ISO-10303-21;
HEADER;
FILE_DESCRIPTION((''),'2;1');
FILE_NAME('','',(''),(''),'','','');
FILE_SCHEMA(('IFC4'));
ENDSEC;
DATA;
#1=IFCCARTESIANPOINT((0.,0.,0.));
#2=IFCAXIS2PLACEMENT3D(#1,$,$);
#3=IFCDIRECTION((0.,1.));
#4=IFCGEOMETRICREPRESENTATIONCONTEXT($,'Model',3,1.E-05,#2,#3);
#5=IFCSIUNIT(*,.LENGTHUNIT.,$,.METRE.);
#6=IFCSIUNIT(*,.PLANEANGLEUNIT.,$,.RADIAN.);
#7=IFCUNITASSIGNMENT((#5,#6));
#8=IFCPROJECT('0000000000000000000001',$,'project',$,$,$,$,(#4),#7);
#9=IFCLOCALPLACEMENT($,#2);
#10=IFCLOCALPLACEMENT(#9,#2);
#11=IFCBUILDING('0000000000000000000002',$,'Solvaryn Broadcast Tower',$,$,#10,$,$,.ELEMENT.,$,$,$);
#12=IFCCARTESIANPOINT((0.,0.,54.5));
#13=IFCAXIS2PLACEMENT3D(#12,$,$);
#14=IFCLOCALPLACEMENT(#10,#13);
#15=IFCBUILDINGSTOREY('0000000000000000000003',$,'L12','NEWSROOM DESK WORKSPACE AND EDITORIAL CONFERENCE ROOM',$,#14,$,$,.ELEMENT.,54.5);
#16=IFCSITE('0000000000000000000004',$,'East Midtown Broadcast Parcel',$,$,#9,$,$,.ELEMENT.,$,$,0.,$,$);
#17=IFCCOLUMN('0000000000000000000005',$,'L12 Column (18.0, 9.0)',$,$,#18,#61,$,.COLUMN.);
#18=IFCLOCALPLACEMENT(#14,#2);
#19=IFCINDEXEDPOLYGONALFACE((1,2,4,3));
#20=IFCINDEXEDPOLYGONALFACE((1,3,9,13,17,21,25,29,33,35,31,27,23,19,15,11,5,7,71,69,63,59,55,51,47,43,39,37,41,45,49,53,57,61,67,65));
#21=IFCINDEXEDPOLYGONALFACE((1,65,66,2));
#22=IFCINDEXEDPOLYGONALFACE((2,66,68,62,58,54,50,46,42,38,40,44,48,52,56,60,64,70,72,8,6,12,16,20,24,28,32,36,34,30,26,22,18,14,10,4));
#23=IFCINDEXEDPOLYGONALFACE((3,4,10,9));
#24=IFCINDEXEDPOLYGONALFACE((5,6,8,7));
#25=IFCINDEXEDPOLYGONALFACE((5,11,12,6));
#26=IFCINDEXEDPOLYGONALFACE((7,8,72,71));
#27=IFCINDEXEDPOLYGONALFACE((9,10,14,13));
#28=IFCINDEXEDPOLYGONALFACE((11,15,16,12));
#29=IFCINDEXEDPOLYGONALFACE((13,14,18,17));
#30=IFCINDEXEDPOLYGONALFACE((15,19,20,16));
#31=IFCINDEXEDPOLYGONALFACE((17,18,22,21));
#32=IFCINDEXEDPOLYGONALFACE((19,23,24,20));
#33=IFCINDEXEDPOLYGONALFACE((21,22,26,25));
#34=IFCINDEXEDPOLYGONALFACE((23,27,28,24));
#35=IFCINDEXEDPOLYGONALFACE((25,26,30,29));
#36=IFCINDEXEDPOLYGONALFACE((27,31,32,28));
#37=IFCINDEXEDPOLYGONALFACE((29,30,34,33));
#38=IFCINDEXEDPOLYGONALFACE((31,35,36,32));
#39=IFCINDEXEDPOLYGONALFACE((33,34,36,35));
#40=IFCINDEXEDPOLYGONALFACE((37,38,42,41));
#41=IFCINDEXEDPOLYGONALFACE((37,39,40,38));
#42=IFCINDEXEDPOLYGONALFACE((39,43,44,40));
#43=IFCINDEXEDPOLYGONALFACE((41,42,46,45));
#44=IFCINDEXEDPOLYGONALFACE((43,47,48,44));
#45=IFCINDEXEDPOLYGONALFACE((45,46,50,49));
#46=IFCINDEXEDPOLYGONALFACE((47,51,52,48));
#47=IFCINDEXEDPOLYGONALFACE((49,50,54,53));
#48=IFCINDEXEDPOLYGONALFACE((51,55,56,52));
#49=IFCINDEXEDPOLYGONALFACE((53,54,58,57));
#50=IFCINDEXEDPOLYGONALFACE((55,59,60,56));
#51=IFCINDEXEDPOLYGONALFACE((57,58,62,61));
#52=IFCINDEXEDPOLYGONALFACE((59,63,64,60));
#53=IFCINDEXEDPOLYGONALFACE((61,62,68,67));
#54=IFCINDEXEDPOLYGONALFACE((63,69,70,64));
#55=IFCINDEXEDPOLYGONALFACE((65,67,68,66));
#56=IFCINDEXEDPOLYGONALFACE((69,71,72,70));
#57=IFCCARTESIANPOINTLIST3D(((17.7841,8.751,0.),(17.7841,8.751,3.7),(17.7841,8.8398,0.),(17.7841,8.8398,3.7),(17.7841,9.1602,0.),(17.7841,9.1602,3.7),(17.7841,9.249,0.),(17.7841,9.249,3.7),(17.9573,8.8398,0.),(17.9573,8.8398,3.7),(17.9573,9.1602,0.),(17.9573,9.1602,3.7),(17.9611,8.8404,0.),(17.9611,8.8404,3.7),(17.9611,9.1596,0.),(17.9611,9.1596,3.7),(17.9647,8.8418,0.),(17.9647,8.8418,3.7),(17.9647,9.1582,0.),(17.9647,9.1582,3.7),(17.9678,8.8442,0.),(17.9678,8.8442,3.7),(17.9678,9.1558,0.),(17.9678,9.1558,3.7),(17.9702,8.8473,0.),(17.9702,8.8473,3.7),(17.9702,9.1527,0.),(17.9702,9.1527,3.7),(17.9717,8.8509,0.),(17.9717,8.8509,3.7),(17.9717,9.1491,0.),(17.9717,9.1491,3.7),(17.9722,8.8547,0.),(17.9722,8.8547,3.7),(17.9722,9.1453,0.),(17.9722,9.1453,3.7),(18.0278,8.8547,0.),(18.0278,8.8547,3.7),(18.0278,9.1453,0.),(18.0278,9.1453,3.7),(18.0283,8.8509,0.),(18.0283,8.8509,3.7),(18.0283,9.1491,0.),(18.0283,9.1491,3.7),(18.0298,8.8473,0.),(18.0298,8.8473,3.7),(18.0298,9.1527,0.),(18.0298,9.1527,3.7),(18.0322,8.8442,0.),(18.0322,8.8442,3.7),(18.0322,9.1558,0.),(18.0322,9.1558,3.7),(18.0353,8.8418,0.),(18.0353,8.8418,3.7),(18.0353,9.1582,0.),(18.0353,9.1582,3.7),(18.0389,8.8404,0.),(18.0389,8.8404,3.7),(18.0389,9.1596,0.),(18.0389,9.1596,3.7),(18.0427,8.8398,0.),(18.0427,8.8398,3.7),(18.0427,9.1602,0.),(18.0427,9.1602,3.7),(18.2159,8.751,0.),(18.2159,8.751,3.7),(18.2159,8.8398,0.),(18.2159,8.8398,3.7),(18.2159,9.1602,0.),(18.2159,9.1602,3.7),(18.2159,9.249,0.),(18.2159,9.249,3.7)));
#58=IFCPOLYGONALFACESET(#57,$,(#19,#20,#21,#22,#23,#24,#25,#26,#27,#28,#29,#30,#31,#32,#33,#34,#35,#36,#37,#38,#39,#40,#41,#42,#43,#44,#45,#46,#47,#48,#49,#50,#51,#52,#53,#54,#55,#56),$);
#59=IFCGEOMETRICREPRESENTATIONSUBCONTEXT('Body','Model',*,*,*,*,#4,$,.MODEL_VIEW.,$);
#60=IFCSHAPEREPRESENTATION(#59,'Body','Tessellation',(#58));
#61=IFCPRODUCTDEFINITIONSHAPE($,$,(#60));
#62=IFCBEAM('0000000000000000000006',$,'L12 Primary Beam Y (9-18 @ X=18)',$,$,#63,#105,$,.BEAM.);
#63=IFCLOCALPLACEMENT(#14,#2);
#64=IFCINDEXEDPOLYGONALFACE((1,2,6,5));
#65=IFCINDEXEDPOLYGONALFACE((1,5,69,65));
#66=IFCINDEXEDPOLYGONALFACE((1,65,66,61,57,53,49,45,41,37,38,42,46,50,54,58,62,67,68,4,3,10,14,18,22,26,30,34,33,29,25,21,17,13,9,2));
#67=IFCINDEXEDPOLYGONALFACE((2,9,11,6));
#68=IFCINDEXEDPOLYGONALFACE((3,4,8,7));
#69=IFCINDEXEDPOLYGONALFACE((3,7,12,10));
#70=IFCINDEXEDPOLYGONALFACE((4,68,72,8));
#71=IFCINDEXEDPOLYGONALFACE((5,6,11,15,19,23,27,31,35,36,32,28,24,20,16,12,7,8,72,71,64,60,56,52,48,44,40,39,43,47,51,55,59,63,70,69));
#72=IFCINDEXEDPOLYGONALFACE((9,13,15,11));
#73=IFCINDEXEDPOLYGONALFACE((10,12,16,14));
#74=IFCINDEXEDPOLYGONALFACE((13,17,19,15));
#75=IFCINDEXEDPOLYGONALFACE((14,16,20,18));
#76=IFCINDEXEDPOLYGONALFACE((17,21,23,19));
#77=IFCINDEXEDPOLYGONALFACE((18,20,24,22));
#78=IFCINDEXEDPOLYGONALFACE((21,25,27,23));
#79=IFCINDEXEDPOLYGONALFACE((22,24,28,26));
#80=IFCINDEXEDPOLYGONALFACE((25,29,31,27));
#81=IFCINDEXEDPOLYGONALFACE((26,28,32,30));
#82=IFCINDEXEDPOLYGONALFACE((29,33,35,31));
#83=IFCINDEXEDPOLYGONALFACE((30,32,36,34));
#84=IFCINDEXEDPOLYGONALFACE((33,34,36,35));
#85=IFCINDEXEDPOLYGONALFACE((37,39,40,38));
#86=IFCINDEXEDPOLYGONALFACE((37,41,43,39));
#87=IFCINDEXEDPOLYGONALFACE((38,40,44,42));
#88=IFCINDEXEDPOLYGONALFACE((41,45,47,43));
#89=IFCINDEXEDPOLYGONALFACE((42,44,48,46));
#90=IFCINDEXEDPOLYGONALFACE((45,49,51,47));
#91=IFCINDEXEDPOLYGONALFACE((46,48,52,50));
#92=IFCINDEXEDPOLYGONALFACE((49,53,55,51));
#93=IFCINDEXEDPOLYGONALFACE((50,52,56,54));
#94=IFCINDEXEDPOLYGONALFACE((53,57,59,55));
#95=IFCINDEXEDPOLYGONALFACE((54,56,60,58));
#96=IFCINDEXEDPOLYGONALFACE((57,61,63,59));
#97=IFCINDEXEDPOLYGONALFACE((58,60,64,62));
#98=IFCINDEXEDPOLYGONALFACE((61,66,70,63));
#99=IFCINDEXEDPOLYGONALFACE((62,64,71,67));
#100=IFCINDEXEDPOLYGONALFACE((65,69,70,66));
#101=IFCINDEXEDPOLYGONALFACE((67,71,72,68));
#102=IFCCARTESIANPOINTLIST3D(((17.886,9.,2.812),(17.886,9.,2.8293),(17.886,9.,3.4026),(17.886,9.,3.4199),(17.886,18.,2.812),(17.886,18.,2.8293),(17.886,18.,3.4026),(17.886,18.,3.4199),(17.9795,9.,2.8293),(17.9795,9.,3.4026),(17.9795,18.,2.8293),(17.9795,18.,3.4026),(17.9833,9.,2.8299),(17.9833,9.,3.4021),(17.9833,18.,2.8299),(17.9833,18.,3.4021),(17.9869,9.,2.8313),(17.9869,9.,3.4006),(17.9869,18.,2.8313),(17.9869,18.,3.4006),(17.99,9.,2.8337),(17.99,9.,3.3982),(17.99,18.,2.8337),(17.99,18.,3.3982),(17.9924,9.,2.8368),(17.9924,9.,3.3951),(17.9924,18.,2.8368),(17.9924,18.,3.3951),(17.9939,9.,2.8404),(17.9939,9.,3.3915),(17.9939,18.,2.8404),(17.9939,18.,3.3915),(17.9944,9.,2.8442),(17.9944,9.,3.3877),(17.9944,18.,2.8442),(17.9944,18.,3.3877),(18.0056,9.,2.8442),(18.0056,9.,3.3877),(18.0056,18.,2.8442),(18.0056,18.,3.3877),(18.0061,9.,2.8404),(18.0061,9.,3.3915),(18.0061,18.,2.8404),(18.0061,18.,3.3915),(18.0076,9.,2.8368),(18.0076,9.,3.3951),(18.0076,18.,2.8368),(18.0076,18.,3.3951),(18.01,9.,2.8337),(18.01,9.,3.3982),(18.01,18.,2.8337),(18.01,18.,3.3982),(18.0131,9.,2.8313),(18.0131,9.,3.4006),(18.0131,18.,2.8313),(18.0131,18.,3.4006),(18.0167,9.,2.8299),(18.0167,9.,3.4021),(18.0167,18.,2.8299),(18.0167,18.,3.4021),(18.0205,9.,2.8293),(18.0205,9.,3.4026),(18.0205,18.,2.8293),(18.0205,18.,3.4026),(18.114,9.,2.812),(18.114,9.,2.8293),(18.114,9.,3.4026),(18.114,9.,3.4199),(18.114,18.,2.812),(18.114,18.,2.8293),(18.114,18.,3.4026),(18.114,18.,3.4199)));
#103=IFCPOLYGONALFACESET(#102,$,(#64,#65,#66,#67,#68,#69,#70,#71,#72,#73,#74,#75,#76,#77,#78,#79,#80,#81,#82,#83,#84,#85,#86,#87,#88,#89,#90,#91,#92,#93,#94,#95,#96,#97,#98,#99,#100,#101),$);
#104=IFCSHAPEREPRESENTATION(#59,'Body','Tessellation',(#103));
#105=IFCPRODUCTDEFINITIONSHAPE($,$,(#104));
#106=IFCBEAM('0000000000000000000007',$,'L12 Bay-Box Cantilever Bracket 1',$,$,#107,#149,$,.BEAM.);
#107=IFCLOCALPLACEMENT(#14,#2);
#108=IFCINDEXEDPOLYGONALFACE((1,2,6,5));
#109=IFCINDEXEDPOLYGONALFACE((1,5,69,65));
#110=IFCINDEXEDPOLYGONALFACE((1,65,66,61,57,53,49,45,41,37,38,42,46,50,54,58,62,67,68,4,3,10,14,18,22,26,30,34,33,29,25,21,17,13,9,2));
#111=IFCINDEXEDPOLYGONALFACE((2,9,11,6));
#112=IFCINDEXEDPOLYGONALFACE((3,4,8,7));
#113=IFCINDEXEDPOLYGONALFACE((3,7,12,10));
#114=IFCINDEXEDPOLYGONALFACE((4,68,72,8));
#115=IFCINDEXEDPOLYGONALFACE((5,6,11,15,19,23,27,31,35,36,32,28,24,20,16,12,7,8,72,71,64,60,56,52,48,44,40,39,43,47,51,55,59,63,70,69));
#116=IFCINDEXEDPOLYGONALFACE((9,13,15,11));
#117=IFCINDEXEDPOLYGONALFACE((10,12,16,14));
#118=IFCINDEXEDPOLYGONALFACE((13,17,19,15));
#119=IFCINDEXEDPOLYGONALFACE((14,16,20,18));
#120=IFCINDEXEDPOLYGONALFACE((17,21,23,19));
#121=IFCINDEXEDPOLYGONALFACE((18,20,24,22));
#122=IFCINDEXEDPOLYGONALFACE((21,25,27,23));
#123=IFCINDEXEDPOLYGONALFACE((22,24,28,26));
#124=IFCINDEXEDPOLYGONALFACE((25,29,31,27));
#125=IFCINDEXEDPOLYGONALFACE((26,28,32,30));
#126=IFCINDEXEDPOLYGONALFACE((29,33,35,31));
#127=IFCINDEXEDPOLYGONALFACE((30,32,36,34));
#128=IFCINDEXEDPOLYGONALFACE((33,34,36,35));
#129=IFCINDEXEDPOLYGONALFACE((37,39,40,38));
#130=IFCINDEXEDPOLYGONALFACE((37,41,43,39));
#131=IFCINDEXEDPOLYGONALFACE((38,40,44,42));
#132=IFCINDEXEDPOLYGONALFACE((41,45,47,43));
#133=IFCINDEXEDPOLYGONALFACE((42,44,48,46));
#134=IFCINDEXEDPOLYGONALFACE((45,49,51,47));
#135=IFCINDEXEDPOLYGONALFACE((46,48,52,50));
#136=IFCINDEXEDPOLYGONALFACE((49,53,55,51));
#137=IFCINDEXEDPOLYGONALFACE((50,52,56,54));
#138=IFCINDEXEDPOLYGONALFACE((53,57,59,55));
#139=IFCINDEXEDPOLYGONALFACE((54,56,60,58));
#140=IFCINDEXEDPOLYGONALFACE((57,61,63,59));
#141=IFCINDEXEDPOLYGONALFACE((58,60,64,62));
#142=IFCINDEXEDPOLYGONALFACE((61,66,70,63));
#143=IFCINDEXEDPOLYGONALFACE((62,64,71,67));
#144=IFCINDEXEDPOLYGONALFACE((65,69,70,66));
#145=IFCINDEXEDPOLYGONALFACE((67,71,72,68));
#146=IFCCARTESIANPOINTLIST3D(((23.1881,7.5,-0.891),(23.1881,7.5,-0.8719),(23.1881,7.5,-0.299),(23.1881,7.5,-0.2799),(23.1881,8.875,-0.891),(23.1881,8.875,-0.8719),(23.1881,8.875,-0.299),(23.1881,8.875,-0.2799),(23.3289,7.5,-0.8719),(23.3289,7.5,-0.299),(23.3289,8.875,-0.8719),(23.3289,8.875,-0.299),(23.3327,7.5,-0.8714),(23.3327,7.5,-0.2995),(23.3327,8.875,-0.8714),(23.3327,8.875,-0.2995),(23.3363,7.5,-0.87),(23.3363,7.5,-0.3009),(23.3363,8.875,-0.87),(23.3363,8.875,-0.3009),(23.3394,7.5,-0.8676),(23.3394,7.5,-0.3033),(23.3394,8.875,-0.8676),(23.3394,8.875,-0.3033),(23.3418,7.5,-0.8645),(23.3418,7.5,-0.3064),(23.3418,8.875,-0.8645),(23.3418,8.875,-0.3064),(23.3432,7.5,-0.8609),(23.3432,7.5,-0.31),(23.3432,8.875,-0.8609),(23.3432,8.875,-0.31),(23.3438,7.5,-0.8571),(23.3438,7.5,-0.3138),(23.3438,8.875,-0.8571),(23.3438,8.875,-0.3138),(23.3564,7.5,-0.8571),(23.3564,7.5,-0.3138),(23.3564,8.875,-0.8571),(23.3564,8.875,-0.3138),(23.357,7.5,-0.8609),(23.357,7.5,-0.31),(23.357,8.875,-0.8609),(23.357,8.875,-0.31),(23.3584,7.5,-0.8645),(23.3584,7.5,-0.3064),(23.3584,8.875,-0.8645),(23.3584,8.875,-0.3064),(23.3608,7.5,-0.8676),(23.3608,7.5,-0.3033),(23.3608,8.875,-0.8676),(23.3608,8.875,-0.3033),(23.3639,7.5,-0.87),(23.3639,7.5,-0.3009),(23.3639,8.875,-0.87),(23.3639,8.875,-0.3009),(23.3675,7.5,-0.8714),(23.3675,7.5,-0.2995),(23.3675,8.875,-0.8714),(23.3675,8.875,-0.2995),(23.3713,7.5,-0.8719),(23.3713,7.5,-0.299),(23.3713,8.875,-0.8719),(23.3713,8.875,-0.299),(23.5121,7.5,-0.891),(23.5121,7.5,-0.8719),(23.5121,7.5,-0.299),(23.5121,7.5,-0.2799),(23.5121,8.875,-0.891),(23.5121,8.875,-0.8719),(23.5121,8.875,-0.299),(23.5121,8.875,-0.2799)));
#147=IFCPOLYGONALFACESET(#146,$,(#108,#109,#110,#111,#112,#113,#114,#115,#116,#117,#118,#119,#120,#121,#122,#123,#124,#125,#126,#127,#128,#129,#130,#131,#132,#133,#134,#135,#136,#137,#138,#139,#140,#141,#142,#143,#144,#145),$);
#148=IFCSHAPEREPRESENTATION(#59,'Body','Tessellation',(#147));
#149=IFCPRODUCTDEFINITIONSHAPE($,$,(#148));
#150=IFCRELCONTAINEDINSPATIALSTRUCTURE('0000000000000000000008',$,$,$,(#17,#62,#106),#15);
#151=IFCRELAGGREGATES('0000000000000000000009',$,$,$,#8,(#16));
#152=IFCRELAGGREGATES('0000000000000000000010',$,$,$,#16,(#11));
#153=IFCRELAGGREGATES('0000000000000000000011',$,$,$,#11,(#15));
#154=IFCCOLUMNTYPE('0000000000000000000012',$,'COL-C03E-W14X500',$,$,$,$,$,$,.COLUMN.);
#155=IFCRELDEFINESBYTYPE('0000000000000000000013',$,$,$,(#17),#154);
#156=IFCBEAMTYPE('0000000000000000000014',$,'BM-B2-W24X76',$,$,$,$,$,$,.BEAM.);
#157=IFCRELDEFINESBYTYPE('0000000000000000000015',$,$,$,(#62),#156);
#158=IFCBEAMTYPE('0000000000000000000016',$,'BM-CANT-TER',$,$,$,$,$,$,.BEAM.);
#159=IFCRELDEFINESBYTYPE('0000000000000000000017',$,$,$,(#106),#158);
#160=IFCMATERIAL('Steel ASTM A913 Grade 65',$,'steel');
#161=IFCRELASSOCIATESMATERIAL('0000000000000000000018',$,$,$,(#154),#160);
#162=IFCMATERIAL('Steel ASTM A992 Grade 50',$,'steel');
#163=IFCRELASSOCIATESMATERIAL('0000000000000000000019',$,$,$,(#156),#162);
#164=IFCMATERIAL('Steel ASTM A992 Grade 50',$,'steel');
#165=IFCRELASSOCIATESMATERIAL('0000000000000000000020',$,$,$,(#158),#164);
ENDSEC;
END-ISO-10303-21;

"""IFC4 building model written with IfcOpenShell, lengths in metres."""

from ifc_helpers import new_model, si_unit, direction, frame, origin, origin_2d, place, context, subcontext, project, spatial, i_section, extrude, material, material_profile, profile_set, type_object, element, save


model = new_model("IFC4")

# Units and contexts
model_context = context("Model", 3, precision=1e-05, world=origin(), true_north=direction((0.0, 1.0)))
body_context = subcontext(model_context, "Body", "Model", "MODEL_VIEW")
ifc_project = project(units=[si_unit("LENGTHUNIT", "METRE"), si_unit("PLANEANGLEUNIT", "RADIAN")], contexts=[model_context])

# Site, building, storey
site_placement = place(None, origin())
site = spatial("IfcSite", under=ifc_project, at=site_placement, Name="East Midtown Broadcast Parcel", CompositionType="ELEMENT", RefElevation=0.0)
building_placement = place(site_placement, origin())
building = spatial("IfcBuilding", under=site, at=building_placement, Name="Solvaryn Broadcast Tower", CompositionType="ELEMENT")
storey_placement = place(building_placement, frame((0.0, 0.0, 54.5)))
storey = spatial("IfcBuildingStorey", under=building, at=storey_placement, Name="L12", Description="NEWSROOM DESK WORKSPACE AND EDITORIAL CONFERENCE ROOM", CompositionType="ELEMENT", Elevation=54.5)

# Column
ifc_material_1 = material(Name="Steel ASTM A913 Grade 65", Category="steel")
ifc_material_profile_1 = material_profile(ifc_material_1, i_section(OverallWidth=0.4319, OverallDepth=0.498, WebThickness=0.0557, FlangeThickness=0.0889, FilletRadius=0.0149, at=origin_2d()))
ifc_profile_set_1 = profile_set([ifc_material_profile_1], Name="Steel ASTM A913 Grade 65")
column_type = type_object("IfcColumnType", Name="COL-C03E-W14X500", PredefinedType="COLUMN", material=ifc_profile_set_1)
column_placement = place(storey_placement, frame((18.0, 9.0, 0.0), z_axis=(0.0, 0.0, 1.0), x_axis=(1.0, 0.0, 0.0)))
element("IfcColumn", 1, at=column_placement, inside=storey, type_object=column_type, Name="L12 Column (18.0, 9.0)", PredefinedType="COLUMN", context=body_context, shape_type="SweptSolid", body=[
    extrude(i_section(OverallWidth=0.4319, OverallDepth=0.498, WebThickness=0.0557, FlangeThickness=0.0889, FilletRadius=0.0149, at=origin_2d()), origin(), (0.0, 0.0, 1.0), 3.7),
])

# Beams
ifc_material_2 = material(Name="Steel ASTM A992 Grade 50", Category="steel")
ifc_material_profile_2 = material_profile(ifc_material_2, i_section(OverallWidth=0.228, OverallDepth=0.6079, WebThickness=0.0112, FlangeThickness=0.0173, FilletRadius=0.0149, at=origin_2d()))
ifc_profile_set_2 = profile_set([ifc_material_profile_2], Name="Steel ASTM A992 Grade 50")
beam_type_1 = type_object("IfcBeamType", Name="BM-B2-W24X76", PredefinedType="BEAM", material=ifc_profile_set_2)
beam_1_placement = place(storey_placement, frame((18.0, 9.0, 3.116), z_axis=(0.0, 1.0, 0.0), x_axis=(-1.0, 0.0, 0.0)))
element("IfcBeam", 2, at=beam_1_placement, inside=storey, type_object=beam_type_1, Name="L12 Primary Beam Y (9-18 @ X=18)", PredefinedType="BEAM", context=body_context, shape_type="SweptSolid", body=[
    extrude(i_section(OverallWidth=0.228, OverallDepth=0.6079, WebThickness=0.0112, FlangeThickness=0.0173, FilletRadius=0.0149, at=origin_2d()), origin(), (0.0, 0.0, 1.0), 9.0),
])
ifc_material_3 = material(Name="Steel ASTM A992 Grade 50", Category="steel")
ifc_material_profile_3 = material_profile(ifc_material_3, i_section(OverallWidth=0.324, OverallDepth=0.6111, WebThickness=0.0127, FlangeThickness=0.019, FilletRadius=0.0149, at=origin_2d()))
ifc_profile_set_3 = profile_set([ifc_material_profile_3], Name="Steel ASTM A992 Grade 50")
beam_type_2 = type_object("IfcBeamType", Name="BM-CANT-TER", PredefinedType="BEAM", material=ifc_profile_set_3)
beam_2_placement = place(storey_placement, frame((23.3501, 8.875, -0.5854), z_axis=(0.0, -1.0, 0.0), x_axis=(1.0, 0.0, 0.0)))
element("IfcBeam", 3, at=beam_2_placement, inside=storey, type_object=beam_type_2, Name="L12 Bay-Box Cantilever Bracket 1", PredefinedType="BEAM", context=body_context, shape_type="SweptSolid", body=[
    extrude(i_section(OverallWidth=0.324, OverallDepth=0.6111, WebThickness=0.0127, FlangeThickness=0.019, FilletRadius=0.0149, at=origin_2d()), origin(), (0.0, 0.0, 1.0), 1.375),
])

save(model, "model.ifc")
